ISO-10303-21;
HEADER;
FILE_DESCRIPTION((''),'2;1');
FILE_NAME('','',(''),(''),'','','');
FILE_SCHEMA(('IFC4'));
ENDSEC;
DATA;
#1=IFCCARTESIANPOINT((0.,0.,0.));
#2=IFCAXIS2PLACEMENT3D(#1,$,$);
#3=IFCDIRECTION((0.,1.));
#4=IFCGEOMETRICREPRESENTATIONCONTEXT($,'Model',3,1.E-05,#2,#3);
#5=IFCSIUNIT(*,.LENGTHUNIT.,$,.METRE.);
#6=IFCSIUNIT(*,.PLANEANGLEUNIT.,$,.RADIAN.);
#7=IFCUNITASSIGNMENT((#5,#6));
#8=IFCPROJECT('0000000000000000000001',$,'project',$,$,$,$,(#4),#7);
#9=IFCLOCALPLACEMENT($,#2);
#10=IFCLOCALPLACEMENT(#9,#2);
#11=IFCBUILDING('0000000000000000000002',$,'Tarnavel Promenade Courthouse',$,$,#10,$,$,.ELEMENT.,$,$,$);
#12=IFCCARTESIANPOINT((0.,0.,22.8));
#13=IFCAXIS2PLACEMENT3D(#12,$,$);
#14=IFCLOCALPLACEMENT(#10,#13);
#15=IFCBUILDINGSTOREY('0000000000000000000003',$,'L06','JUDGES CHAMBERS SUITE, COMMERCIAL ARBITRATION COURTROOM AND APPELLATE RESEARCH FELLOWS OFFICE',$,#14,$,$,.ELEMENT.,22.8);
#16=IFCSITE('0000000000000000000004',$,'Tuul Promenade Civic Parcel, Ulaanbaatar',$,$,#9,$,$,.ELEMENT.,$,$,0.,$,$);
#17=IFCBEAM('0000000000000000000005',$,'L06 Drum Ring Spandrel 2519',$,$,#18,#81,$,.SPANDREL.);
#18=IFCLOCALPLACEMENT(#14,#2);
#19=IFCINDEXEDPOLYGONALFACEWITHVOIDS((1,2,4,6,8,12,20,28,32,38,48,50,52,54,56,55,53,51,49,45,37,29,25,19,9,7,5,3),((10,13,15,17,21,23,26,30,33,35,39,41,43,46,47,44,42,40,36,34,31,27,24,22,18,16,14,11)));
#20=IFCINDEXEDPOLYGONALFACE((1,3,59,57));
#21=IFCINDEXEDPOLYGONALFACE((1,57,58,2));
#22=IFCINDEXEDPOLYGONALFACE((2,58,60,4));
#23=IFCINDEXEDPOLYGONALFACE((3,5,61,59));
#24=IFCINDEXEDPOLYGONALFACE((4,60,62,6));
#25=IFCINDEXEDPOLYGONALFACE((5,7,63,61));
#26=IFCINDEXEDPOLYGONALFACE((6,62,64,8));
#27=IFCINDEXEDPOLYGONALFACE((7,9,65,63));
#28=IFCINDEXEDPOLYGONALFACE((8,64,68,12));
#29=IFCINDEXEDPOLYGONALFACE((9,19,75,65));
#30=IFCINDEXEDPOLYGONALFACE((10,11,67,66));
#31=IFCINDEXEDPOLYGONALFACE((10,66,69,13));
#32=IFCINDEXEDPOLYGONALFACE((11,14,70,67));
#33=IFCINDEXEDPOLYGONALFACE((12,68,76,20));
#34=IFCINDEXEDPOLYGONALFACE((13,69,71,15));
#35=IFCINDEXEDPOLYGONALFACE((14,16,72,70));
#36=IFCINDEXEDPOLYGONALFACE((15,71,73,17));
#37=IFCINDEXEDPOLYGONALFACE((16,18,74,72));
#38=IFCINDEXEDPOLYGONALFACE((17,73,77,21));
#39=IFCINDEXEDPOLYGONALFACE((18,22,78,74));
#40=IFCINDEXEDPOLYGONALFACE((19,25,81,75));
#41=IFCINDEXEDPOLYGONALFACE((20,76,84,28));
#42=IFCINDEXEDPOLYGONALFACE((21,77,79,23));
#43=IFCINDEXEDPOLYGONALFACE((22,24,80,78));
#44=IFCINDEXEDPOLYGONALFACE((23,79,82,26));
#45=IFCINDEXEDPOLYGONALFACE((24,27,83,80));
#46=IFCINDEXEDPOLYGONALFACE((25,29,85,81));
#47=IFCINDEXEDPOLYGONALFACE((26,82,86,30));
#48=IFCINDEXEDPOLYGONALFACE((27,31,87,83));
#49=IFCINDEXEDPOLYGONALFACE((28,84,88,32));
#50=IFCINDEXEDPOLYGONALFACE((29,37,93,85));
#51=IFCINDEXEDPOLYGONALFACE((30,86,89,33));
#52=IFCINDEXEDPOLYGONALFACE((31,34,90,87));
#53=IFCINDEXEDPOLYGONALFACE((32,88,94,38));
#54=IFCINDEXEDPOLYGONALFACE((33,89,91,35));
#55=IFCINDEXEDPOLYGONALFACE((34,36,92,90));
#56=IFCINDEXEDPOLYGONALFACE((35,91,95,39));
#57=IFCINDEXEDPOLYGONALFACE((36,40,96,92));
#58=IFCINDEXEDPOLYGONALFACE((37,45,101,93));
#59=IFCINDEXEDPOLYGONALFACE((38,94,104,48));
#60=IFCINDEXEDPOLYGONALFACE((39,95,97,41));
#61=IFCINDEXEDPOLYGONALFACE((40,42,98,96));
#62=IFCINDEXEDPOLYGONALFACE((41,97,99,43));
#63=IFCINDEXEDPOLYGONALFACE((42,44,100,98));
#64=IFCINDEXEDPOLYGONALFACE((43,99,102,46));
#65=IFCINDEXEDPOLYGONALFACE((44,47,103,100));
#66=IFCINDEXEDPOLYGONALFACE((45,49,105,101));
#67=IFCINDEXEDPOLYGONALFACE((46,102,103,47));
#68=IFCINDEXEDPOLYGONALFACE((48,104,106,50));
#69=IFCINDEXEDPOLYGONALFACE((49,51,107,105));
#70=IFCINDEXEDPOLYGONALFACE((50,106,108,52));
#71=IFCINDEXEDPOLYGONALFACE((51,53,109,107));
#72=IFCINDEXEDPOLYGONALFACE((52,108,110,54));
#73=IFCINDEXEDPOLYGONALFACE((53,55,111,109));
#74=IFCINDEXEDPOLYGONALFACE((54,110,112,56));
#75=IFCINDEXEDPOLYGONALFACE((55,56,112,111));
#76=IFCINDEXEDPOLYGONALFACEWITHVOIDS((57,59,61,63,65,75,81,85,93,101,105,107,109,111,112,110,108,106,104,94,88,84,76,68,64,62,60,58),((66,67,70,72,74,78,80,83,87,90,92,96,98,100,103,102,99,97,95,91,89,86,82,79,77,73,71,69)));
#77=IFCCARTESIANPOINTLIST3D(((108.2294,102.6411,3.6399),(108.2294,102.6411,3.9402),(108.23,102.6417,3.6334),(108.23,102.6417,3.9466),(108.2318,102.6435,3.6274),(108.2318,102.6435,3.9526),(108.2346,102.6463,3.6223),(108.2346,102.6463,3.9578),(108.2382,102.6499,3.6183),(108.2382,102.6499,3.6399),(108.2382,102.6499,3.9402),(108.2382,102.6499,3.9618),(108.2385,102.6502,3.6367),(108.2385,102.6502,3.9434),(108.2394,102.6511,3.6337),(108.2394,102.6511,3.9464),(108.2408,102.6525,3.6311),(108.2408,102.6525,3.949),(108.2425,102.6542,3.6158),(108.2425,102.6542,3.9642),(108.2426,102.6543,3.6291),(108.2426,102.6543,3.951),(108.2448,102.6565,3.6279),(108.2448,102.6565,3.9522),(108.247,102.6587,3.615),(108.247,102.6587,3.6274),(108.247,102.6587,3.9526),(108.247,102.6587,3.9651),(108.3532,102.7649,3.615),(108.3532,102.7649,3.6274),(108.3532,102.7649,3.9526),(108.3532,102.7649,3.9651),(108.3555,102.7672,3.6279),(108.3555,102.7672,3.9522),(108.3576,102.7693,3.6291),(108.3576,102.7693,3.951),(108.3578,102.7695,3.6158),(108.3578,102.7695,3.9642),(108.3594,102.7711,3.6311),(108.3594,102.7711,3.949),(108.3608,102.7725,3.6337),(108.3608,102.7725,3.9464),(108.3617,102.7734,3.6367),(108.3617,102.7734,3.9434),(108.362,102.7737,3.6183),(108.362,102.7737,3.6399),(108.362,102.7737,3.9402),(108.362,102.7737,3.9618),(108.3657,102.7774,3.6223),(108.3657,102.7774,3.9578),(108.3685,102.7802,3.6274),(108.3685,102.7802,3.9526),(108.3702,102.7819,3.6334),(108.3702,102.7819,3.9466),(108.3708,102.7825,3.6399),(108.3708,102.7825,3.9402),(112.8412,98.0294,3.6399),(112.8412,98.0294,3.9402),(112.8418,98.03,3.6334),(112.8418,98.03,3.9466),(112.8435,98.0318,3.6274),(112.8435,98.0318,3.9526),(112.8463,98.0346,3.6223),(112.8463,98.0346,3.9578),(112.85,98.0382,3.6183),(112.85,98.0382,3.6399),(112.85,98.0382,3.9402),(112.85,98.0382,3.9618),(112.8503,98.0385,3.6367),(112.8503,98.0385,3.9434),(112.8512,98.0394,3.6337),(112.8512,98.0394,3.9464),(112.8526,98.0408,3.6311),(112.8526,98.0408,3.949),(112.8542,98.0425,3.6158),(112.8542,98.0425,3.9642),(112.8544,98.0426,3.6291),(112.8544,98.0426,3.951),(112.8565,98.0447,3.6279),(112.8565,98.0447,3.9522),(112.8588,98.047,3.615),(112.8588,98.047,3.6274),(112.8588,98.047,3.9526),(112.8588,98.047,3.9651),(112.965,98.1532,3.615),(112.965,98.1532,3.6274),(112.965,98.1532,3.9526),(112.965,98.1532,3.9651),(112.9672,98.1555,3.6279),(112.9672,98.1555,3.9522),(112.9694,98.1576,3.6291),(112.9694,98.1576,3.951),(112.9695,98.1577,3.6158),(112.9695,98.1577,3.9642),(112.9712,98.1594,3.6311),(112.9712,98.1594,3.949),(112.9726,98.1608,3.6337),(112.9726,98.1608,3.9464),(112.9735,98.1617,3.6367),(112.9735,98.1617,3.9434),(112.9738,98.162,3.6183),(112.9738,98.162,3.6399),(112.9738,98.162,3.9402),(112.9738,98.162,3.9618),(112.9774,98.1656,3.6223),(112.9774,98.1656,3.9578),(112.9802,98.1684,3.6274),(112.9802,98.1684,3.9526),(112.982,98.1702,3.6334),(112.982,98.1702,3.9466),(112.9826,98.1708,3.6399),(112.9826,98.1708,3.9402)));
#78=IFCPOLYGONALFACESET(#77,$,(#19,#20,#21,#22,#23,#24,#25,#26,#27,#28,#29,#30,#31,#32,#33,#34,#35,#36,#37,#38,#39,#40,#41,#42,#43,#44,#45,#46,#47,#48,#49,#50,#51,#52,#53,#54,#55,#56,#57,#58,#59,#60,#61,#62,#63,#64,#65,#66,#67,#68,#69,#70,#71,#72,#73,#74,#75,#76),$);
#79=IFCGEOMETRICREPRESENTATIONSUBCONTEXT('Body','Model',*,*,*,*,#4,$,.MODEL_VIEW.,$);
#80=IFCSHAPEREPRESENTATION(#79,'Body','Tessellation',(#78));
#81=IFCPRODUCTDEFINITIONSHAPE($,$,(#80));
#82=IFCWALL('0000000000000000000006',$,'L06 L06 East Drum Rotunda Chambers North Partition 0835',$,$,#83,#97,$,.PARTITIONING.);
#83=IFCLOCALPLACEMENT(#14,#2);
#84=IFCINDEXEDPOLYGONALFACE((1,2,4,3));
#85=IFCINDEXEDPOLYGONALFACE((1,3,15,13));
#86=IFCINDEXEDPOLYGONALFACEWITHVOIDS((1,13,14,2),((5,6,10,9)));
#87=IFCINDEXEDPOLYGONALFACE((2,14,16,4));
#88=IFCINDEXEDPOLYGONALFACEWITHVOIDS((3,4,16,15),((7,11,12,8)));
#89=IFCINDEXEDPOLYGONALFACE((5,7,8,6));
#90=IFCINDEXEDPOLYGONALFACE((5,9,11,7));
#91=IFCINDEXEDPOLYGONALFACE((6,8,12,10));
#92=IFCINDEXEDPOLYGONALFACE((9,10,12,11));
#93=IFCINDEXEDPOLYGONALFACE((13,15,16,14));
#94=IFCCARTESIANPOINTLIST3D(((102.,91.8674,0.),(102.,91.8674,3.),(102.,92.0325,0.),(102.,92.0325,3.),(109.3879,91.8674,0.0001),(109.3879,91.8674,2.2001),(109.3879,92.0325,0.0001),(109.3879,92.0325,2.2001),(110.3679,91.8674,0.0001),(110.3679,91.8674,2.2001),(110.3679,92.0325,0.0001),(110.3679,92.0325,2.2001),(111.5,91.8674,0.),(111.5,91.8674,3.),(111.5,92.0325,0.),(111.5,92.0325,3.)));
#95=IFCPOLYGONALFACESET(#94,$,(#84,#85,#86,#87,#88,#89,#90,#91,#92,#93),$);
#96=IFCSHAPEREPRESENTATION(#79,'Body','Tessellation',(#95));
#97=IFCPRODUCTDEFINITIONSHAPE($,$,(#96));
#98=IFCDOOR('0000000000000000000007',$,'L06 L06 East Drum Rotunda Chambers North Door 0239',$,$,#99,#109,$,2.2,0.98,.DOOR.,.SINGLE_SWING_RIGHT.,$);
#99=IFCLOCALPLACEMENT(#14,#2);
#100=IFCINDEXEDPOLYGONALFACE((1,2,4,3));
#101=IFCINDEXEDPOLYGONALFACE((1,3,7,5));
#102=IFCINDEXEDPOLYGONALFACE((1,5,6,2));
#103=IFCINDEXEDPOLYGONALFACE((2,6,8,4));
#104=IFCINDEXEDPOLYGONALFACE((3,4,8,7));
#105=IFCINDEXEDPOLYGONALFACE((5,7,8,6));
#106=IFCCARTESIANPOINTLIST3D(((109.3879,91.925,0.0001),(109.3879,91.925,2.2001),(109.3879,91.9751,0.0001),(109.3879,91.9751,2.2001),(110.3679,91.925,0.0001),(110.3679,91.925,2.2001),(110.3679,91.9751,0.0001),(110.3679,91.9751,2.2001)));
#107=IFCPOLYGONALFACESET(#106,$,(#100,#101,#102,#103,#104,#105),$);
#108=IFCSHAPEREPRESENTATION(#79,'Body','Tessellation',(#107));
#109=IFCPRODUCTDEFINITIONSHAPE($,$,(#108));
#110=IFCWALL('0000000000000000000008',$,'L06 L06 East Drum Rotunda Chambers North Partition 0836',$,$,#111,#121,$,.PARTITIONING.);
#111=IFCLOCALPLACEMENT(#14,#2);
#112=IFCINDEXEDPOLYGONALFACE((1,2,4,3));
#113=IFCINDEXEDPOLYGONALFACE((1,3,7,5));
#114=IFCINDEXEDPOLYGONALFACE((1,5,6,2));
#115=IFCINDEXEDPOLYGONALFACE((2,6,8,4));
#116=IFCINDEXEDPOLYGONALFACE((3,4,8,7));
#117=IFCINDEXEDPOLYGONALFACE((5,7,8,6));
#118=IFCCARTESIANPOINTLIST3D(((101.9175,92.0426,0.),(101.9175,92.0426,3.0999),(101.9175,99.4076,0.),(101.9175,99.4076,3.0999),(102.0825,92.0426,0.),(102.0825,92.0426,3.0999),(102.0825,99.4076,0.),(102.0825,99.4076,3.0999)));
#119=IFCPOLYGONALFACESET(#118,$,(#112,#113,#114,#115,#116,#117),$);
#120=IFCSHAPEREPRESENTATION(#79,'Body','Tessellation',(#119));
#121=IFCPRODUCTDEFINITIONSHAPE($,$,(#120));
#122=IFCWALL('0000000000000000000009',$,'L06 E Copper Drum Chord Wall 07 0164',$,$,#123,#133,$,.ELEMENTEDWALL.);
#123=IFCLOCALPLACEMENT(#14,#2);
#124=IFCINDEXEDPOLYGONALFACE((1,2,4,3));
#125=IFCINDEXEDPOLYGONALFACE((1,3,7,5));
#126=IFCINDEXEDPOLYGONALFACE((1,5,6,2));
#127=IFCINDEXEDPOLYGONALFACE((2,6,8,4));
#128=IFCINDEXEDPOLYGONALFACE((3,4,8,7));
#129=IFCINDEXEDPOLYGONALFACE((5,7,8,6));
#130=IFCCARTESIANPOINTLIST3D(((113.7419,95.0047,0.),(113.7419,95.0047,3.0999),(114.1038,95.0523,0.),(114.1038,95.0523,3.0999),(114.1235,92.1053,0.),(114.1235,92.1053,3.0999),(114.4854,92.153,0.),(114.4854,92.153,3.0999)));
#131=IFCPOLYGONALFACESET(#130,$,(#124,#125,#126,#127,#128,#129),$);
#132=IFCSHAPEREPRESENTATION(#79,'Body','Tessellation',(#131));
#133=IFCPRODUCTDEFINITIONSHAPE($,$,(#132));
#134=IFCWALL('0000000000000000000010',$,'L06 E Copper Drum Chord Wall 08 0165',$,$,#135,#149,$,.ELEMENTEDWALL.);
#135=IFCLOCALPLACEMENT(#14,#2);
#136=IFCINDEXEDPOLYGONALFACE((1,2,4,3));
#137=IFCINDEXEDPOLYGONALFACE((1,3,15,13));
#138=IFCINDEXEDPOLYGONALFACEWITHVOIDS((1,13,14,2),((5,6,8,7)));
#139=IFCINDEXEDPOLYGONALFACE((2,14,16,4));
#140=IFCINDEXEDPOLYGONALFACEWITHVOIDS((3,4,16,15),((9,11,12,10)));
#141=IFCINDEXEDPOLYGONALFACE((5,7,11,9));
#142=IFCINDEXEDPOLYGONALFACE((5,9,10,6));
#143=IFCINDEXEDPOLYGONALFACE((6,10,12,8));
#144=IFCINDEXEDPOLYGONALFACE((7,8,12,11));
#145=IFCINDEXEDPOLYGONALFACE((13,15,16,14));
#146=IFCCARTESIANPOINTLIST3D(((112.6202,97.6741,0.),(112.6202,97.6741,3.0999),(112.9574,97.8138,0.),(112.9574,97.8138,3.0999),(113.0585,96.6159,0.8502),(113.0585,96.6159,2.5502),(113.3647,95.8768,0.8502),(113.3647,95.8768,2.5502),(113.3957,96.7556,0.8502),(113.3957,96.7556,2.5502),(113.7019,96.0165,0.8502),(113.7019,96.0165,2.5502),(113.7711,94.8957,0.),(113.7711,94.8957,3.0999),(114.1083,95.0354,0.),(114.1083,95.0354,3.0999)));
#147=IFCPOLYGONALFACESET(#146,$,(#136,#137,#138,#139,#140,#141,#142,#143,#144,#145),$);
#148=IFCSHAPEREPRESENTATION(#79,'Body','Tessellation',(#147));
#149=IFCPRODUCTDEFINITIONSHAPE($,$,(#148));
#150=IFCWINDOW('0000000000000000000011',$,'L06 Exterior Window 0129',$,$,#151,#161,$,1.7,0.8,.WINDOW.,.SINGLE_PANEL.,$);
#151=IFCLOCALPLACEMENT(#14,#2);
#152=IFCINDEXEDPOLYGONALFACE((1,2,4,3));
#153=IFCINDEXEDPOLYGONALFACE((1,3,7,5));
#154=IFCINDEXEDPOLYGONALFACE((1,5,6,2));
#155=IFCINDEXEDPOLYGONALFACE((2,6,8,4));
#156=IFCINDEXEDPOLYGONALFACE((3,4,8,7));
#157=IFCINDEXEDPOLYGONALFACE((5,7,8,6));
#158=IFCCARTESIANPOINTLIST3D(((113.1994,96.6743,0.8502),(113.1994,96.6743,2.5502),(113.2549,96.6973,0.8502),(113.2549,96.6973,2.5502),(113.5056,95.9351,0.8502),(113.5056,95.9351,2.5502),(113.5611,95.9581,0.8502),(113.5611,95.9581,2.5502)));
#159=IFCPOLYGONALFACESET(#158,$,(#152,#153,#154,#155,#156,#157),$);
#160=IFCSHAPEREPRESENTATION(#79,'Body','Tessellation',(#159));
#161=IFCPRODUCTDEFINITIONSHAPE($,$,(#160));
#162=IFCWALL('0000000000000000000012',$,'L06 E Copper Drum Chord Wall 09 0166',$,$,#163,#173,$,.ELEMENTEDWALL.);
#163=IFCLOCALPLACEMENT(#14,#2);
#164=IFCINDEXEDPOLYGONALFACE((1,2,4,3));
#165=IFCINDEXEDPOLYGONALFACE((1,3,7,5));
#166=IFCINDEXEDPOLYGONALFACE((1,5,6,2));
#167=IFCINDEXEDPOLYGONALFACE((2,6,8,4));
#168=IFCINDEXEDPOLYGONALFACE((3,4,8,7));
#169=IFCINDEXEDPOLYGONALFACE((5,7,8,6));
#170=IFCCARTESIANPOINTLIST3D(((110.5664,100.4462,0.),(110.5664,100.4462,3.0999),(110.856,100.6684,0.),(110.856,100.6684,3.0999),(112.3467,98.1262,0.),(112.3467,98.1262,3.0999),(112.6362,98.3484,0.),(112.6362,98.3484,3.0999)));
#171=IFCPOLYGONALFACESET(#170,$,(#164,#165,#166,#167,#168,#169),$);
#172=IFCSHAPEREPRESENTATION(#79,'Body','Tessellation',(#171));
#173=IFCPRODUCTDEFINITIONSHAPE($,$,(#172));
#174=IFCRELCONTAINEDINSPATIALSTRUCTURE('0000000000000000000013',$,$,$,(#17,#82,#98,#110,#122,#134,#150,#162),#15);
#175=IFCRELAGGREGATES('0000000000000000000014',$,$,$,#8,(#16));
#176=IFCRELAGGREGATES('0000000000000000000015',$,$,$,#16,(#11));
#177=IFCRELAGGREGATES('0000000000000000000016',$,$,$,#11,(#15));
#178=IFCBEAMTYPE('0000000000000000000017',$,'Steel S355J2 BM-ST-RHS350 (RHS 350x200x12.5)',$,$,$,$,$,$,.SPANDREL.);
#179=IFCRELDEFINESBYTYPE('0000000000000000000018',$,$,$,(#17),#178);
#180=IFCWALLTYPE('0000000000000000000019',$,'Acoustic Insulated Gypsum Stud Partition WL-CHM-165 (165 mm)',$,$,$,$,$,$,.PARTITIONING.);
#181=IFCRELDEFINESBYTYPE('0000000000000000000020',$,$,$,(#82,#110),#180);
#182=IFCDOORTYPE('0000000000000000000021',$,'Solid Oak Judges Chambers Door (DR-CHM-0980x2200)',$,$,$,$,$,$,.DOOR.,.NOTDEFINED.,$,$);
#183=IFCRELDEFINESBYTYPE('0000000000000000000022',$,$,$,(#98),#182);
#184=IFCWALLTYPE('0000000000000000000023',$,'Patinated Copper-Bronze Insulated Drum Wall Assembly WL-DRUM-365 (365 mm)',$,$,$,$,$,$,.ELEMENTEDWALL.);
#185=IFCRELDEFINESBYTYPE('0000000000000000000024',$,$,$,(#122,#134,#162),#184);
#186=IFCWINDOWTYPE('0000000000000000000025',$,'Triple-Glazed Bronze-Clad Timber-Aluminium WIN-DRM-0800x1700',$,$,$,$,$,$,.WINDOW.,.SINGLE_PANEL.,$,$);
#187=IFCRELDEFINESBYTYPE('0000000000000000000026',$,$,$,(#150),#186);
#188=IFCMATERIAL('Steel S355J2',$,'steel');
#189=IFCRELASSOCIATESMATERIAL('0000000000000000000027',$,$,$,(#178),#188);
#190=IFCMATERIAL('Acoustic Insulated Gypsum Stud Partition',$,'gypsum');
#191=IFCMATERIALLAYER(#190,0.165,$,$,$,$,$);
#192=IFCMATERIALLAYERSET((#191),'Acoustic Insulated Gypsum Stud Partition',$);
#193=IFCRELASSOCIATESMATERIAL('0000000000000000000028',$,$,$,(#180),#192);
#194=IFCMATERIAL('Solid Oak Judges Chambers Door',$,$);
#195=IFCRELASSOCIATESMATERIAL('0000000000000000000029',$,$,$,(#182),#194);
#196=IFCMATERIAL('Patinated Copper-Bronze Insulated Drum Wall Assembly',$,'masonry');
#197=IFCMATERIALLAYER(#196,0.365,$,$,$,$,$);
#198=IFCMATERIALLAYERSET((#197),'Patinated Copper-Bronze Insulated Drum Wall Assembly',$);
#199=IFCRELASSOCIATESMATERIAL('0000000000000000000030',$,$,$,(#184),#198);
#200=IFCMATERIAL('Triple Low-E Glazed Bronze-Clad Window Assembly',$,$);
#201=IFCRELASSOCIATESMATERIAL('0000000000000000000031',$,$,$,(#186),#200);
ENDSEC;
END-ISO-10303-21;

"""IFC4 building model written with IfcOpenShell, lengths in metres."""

from ifc_helpers import new_model, si_unit, direction, frame, frame_2d, origin, origin_2d, place, context, subcontext, project, spatial, rectangle, hollow_rectangle, extrude, material, layer, layer_set, material_profile, profile_set, type_object, element, fill, save


model = new_model("IFC4")

# Units and contexts
model_context = context("Model", 3, precision=1e-05, world=origin(), true_north=direction((0.0, 1.0)))
body_context = subcontext(model_context, "Body", "Model", "MODEL_VIEW")
ifc_project = project(units=[si_unit("LENGTHUNIT", "METRE"), si_unit("PLANEANGLEUNIT", "RADIAN")], contexts=[model_context])

# Site, building, storey
site_placement = place(None, origin())
site = spatial("IfcSite", under=ifc_project, at=site_placement, Name="Tuul Promenade Civic Parcel, Ulaanbaatar", CompositionType="ELEMENT", RefElevation=0.0)
building_placement = place(site_placement, origin())
building = spatial("IfcBuilding", under=site, at=building_placement, Name="Tarnavel Promenade Courthouse", CompositionType="ELEMENT")
storey_placement = place(building_placement, frame((0.0, 0.0, 22.8)))
storey = spatial("IfcBuildingStorey", under=building, at=storey_placement, Name="L06", Description="JUDGES CHAMBERS SUITE, COMMERCIAL ARBITRATION COURTROOM AND APPELLATE RESEARCH FELLOWS OFFICE", CompositionType="ELEMENT", Elevation=22.8)

# Beam
ifc_material_1 = material(Name="Steel S355J2", Category="steel")
ifc_material_profile_1 = material_profile(ifc_material_1, hollow_rectangle(XDim=0.2, YDim=0.3501, WallThickness=0.0125, InnerFilletRadius=0.0125, OuterFilletRadius=0.0249, at=origin_2d()), Name="RHS 350x200x12.5")
ifc_profile_set_1 = profile_set([ifc_material_profile_1], Name="Steel S355J2")
beam_type = type_object("IfcBeamType", Name="Steel S355J2 BM-ST-RHS350 (RHS 350x200x12.5)", PredefinedType="SPANDREL", material=ifc_profile_set_1)
beam_1_placement = place(storey_placement, frame((112.9119, 98.1001, 3.79), z_axis=(-0.707107, 0.707107, 0.0), x_axis=(-0.707107, -0.707107, 0.0)))
element("IfcBeam", 1, at=beam_1_placement, inside=storey, type_object=beam_type, Name="L06 Drum Ring Spandrel 2519", PredefinedType="SPANDREL", context=body_context, shape_type="SweptSolid", body=[
    extrude(hollow_rectangle(XDim=0.2, YDim=0.3501, WallThickness=0.0125, InnerFilletRadius=0.0125, OuterFilletRadius=0.0249, at=origin_2d()), origin(), (0.0, 0.0, 1.0), 6.522),
])

# Wall, opening, door
ifc_material_2 = material(Name="Acoustic Insulated Gypsum Stud Partition", Category="gypsum")
ifc_layer_1 = layer(ifc_material_2, 0.165)
ifc_layer_set_1 = layer_set([ifc_layer_1], Name="Acoustic Insulated Gypsum Stud Partition")
wall_type_1 = type_object("IfcWallType", Name="Acoustic Insulated Gypsum Stud Partition WL-CHM-165 (165 mm)", PredefinedType="PARTITIONING", material=ifc_layer_set_1)
wall_1_placement = place(storey_placement, frame((111.5, 91.95, 0.0), z_axis=(0.0, 0.0, 1.0), x_axis=(-1.0, 0.0, 0.0)))
wall_1 = element("IfcWall", 2, at=wall_1_placement, inside=storey, type_object=wall_type_1, Name="L06 L06 East Drum Rotunda Chambers North Partition 0835", PredefinedType="PARTITIONING", context=body_context, shape_type="SweptSolid", body=[
    extrude(rectangle(XDim=9.5, YDim=0.165, at=frame_2d((4.75, 0.0))), origin(), (0.0, 0.0, 1.0), 3.0),
])
opening_1_placement = place(wall_1_placement, frame((1.1321, 0.0, 0.0)))
opening_1 = element("IfcOpeningElement", 3, at=opening_1_placement, cuts=wall_1, PredefinedType="OPENING", context=body_context, shape_type="SweptSolid", body=[
    extrude(rectangle(XDim=0.98, YDim=2.2, at=frame_2d((0.49, 1.1001))), frame((0.0, 0.0925, 0.0), z_axis=(0.0, -1.0, 0.0), x_axis=(1.0, 0.0, 0.0)), (0.0, 0.0, 1.0), 0.1851),
])
ifc_material_3 = material(Name="Solid Oak Judges Chambers Door")
door_type = type_object("IfcDoorType", Name="Solid Oak Judges Chambers Door (DR-CHM-0980x2200)", OperationType="NOTDEFINED", PredefinedType="DOOR", material=ifc_material_3)
door_placement = place(opening_1_placement, origin())
door = element("IfcDoor", 4, at=door_placement, inside=storey, type_object=door_type, Name="L06 L06 East Drum Rotunda Chambers North Door 0239", OperationType="SINGLE_SWING_RIGHT", OverallHeight=2.2, OverallWidth=0.98, PredefinedType="DOOR", context=body_context, shape_type="SweptSolid", body=[
    extrude(rectangle(XDim=0.98, YDim=2.2, at=frame_2d((0.49, 1.1001))), frame((0.0, 0.0249, 0.0), z_axis=(0.0, -1.0, 0.0), x_axis=(1.0, 0.0, 0.0)), (0.0, 0.0, 1.0), 0.05),
])
fill(opening_1, door)

# Walls
wall_2_placement = place(storey_placement, frame((102.0, 92.0425, 0.0), z_axis=(0.0, 0.0, 1.0), x_axis=(0.0, 1.0, 0.0)))
element("IfcWall", 5, at=wall_2_placement, inside=storey, type_object=wall_type_1, Name="L06 L06 East Drum Rotunda Chambers North Partition 0836", PredefinedType="PARTITIONING", context=body_context, shape_type="SweptSolid", body=[
    extrude(rectangle(XDim=7.365, YDim=0.165, at=frame_2d((3.6826, 0.0))), origin(), (0.0, 0.0, 1.0), 3.0999),
])
ifc_material_4 = material(Name="Patinated Copper-Bronze Insulated Drum Wall Assembly", Category="masonry")
ifc_layer_2 = layer(ifc_material_4, 0.365)
ifc_layer_set_2 = layer_set([ifc_layer_2], Name="Patinated Copper-Bronze Insulated Drum Wall Assembly")
wall_type_2 = type_object("IfcWallType", Name="Patinated Copper-Bronze Insulated Drum Wall Assembly WL-DRUM-365 (365 mm)", PredefinedType="ELEMENTEDWALL", material=ifc_layer_set_2)
wall_3_placement = place(storey_placement, frame((114.3044, 92.1292, 0.0), z_axis=(0.0, 0.0, 1.0), x_axis=(-0.130485, 0.99145, 0.0)))
element("IfcWall", 6, at=wall_3_placement, inside=storey, type_object=wall_type_2, Name="L06 E Copper Drum Chord Wall 07 0164", PredefinedType="ELEMENTEDWALL", context=body_context, shape_type="SweptSolid", body=[
    extrude(rectangle(XDim=2.9243, YDim=0.365, at=frame_2d((1.4622, 0.0))), origin(), (0.0, 0.0, 1.0), 3.0999),
])

# Wall, opening, window
wall_4_placement = place(storey_placement, frame((113.9397, 94.9656, 0.0), z_axis=(0.0, 0.0, 1.0), x_axis=(-0.382701, 0.923872, 0.0)))
wall_4 = element("IfcWall", 7, at=wall_4_placement, inside=storey, type_object=wall_type_2, Name="L06 E Copper Drum Chord Wall 08 0165", PredefinedType="ELEMENTEDWALL", context=body_context, shape_type="SweptSolid", body=[
    extrude(rectangle(XDim=3.0073, YDim=0.365, at=frame_2d((1.5037, 0.0))), origin(), (0.0, 0.0, 1.0), 3.0999),
])
opening_2_placement = place(wall_4_placement, frame((1.062, 0.0, 0.8501)))
opening_2 = element("IfcOpeningElement", 8, at=opening_2_placement, cuts=wall_4, PredefinedType="OPENING", context=body_context, shape_type="SweptSolid", body=[
    extrude(rectangle(XDim=0.8, YDim=1.7, at=frame_2d((0.3999, 0.8501))), frame((0.0, 0.1924, 0.0), z_axis=(0.0, -1.0, 0.0), x_axis=(1.0, 0.0, 0.0)), (0.0, 0.0, 1.0), 0.385),
])
ifc_material_5 = material(Name="Triple Low-E Glazed Bronze-Clad Window Assembly")
window_type = type_object("IfcWindowType", Name="Triple-Glazed Bronze-Clad Timber-Aluminium WIN-DRM-0800x1700", PartitioningType="SINGLE_PANEL", PredefinedType="WINDOW", material=ifc_material_5)
window_placement = place(opening_2_placement, origin())
window = element("IfcWindow", 9, at=window_placement, inside=storey, type_object=window_type, Name="L06 Exterior Window 0129", OverallHeight=1.7, OverallWidth=0.8, PartitioningType="SINGLE_PANEL", PredefinedType="WINDOW", context=body_context, shape_type="SweptSolid", body=[
    extrude(rectangle(XDim=0.8, YDim=1.7, at=frame_2d((0.3999, 0.8501))), frame((0.0, 0.03, 0.0), z_axis=(0.0, -1.0, 0.0), x_axis=(1.0, 0.0, 0.0)), (0.0, 0.0, 1.0), 0.0601),
])
fill(opening_2, window)

# Wall
wall_5_placement = place(storey_placement, frame((112.4915, 98.2373, 0.0), z_axis=(0.0, 0.0, 1.0), x_axis=(-0.608766, 0.79335, 0.0)))
element("IfcWall", 10, at=wall_5_placement, inside=storey, type_object=wall_type_2, Name="L06 E Copper Drum Chord Wall 09 0166", PredefinedType="ELEMENTEDWALL", context=body_context, shape_type="SweptSolid", body=[
    extrude(rectangle(XDim=2.9243, YDim=0.365, at=frame_2d((1.4622, 0.0))), origin(), (0.0, 0.0, 1.0), 3.0999),
])

save(model, "model.ifc")
